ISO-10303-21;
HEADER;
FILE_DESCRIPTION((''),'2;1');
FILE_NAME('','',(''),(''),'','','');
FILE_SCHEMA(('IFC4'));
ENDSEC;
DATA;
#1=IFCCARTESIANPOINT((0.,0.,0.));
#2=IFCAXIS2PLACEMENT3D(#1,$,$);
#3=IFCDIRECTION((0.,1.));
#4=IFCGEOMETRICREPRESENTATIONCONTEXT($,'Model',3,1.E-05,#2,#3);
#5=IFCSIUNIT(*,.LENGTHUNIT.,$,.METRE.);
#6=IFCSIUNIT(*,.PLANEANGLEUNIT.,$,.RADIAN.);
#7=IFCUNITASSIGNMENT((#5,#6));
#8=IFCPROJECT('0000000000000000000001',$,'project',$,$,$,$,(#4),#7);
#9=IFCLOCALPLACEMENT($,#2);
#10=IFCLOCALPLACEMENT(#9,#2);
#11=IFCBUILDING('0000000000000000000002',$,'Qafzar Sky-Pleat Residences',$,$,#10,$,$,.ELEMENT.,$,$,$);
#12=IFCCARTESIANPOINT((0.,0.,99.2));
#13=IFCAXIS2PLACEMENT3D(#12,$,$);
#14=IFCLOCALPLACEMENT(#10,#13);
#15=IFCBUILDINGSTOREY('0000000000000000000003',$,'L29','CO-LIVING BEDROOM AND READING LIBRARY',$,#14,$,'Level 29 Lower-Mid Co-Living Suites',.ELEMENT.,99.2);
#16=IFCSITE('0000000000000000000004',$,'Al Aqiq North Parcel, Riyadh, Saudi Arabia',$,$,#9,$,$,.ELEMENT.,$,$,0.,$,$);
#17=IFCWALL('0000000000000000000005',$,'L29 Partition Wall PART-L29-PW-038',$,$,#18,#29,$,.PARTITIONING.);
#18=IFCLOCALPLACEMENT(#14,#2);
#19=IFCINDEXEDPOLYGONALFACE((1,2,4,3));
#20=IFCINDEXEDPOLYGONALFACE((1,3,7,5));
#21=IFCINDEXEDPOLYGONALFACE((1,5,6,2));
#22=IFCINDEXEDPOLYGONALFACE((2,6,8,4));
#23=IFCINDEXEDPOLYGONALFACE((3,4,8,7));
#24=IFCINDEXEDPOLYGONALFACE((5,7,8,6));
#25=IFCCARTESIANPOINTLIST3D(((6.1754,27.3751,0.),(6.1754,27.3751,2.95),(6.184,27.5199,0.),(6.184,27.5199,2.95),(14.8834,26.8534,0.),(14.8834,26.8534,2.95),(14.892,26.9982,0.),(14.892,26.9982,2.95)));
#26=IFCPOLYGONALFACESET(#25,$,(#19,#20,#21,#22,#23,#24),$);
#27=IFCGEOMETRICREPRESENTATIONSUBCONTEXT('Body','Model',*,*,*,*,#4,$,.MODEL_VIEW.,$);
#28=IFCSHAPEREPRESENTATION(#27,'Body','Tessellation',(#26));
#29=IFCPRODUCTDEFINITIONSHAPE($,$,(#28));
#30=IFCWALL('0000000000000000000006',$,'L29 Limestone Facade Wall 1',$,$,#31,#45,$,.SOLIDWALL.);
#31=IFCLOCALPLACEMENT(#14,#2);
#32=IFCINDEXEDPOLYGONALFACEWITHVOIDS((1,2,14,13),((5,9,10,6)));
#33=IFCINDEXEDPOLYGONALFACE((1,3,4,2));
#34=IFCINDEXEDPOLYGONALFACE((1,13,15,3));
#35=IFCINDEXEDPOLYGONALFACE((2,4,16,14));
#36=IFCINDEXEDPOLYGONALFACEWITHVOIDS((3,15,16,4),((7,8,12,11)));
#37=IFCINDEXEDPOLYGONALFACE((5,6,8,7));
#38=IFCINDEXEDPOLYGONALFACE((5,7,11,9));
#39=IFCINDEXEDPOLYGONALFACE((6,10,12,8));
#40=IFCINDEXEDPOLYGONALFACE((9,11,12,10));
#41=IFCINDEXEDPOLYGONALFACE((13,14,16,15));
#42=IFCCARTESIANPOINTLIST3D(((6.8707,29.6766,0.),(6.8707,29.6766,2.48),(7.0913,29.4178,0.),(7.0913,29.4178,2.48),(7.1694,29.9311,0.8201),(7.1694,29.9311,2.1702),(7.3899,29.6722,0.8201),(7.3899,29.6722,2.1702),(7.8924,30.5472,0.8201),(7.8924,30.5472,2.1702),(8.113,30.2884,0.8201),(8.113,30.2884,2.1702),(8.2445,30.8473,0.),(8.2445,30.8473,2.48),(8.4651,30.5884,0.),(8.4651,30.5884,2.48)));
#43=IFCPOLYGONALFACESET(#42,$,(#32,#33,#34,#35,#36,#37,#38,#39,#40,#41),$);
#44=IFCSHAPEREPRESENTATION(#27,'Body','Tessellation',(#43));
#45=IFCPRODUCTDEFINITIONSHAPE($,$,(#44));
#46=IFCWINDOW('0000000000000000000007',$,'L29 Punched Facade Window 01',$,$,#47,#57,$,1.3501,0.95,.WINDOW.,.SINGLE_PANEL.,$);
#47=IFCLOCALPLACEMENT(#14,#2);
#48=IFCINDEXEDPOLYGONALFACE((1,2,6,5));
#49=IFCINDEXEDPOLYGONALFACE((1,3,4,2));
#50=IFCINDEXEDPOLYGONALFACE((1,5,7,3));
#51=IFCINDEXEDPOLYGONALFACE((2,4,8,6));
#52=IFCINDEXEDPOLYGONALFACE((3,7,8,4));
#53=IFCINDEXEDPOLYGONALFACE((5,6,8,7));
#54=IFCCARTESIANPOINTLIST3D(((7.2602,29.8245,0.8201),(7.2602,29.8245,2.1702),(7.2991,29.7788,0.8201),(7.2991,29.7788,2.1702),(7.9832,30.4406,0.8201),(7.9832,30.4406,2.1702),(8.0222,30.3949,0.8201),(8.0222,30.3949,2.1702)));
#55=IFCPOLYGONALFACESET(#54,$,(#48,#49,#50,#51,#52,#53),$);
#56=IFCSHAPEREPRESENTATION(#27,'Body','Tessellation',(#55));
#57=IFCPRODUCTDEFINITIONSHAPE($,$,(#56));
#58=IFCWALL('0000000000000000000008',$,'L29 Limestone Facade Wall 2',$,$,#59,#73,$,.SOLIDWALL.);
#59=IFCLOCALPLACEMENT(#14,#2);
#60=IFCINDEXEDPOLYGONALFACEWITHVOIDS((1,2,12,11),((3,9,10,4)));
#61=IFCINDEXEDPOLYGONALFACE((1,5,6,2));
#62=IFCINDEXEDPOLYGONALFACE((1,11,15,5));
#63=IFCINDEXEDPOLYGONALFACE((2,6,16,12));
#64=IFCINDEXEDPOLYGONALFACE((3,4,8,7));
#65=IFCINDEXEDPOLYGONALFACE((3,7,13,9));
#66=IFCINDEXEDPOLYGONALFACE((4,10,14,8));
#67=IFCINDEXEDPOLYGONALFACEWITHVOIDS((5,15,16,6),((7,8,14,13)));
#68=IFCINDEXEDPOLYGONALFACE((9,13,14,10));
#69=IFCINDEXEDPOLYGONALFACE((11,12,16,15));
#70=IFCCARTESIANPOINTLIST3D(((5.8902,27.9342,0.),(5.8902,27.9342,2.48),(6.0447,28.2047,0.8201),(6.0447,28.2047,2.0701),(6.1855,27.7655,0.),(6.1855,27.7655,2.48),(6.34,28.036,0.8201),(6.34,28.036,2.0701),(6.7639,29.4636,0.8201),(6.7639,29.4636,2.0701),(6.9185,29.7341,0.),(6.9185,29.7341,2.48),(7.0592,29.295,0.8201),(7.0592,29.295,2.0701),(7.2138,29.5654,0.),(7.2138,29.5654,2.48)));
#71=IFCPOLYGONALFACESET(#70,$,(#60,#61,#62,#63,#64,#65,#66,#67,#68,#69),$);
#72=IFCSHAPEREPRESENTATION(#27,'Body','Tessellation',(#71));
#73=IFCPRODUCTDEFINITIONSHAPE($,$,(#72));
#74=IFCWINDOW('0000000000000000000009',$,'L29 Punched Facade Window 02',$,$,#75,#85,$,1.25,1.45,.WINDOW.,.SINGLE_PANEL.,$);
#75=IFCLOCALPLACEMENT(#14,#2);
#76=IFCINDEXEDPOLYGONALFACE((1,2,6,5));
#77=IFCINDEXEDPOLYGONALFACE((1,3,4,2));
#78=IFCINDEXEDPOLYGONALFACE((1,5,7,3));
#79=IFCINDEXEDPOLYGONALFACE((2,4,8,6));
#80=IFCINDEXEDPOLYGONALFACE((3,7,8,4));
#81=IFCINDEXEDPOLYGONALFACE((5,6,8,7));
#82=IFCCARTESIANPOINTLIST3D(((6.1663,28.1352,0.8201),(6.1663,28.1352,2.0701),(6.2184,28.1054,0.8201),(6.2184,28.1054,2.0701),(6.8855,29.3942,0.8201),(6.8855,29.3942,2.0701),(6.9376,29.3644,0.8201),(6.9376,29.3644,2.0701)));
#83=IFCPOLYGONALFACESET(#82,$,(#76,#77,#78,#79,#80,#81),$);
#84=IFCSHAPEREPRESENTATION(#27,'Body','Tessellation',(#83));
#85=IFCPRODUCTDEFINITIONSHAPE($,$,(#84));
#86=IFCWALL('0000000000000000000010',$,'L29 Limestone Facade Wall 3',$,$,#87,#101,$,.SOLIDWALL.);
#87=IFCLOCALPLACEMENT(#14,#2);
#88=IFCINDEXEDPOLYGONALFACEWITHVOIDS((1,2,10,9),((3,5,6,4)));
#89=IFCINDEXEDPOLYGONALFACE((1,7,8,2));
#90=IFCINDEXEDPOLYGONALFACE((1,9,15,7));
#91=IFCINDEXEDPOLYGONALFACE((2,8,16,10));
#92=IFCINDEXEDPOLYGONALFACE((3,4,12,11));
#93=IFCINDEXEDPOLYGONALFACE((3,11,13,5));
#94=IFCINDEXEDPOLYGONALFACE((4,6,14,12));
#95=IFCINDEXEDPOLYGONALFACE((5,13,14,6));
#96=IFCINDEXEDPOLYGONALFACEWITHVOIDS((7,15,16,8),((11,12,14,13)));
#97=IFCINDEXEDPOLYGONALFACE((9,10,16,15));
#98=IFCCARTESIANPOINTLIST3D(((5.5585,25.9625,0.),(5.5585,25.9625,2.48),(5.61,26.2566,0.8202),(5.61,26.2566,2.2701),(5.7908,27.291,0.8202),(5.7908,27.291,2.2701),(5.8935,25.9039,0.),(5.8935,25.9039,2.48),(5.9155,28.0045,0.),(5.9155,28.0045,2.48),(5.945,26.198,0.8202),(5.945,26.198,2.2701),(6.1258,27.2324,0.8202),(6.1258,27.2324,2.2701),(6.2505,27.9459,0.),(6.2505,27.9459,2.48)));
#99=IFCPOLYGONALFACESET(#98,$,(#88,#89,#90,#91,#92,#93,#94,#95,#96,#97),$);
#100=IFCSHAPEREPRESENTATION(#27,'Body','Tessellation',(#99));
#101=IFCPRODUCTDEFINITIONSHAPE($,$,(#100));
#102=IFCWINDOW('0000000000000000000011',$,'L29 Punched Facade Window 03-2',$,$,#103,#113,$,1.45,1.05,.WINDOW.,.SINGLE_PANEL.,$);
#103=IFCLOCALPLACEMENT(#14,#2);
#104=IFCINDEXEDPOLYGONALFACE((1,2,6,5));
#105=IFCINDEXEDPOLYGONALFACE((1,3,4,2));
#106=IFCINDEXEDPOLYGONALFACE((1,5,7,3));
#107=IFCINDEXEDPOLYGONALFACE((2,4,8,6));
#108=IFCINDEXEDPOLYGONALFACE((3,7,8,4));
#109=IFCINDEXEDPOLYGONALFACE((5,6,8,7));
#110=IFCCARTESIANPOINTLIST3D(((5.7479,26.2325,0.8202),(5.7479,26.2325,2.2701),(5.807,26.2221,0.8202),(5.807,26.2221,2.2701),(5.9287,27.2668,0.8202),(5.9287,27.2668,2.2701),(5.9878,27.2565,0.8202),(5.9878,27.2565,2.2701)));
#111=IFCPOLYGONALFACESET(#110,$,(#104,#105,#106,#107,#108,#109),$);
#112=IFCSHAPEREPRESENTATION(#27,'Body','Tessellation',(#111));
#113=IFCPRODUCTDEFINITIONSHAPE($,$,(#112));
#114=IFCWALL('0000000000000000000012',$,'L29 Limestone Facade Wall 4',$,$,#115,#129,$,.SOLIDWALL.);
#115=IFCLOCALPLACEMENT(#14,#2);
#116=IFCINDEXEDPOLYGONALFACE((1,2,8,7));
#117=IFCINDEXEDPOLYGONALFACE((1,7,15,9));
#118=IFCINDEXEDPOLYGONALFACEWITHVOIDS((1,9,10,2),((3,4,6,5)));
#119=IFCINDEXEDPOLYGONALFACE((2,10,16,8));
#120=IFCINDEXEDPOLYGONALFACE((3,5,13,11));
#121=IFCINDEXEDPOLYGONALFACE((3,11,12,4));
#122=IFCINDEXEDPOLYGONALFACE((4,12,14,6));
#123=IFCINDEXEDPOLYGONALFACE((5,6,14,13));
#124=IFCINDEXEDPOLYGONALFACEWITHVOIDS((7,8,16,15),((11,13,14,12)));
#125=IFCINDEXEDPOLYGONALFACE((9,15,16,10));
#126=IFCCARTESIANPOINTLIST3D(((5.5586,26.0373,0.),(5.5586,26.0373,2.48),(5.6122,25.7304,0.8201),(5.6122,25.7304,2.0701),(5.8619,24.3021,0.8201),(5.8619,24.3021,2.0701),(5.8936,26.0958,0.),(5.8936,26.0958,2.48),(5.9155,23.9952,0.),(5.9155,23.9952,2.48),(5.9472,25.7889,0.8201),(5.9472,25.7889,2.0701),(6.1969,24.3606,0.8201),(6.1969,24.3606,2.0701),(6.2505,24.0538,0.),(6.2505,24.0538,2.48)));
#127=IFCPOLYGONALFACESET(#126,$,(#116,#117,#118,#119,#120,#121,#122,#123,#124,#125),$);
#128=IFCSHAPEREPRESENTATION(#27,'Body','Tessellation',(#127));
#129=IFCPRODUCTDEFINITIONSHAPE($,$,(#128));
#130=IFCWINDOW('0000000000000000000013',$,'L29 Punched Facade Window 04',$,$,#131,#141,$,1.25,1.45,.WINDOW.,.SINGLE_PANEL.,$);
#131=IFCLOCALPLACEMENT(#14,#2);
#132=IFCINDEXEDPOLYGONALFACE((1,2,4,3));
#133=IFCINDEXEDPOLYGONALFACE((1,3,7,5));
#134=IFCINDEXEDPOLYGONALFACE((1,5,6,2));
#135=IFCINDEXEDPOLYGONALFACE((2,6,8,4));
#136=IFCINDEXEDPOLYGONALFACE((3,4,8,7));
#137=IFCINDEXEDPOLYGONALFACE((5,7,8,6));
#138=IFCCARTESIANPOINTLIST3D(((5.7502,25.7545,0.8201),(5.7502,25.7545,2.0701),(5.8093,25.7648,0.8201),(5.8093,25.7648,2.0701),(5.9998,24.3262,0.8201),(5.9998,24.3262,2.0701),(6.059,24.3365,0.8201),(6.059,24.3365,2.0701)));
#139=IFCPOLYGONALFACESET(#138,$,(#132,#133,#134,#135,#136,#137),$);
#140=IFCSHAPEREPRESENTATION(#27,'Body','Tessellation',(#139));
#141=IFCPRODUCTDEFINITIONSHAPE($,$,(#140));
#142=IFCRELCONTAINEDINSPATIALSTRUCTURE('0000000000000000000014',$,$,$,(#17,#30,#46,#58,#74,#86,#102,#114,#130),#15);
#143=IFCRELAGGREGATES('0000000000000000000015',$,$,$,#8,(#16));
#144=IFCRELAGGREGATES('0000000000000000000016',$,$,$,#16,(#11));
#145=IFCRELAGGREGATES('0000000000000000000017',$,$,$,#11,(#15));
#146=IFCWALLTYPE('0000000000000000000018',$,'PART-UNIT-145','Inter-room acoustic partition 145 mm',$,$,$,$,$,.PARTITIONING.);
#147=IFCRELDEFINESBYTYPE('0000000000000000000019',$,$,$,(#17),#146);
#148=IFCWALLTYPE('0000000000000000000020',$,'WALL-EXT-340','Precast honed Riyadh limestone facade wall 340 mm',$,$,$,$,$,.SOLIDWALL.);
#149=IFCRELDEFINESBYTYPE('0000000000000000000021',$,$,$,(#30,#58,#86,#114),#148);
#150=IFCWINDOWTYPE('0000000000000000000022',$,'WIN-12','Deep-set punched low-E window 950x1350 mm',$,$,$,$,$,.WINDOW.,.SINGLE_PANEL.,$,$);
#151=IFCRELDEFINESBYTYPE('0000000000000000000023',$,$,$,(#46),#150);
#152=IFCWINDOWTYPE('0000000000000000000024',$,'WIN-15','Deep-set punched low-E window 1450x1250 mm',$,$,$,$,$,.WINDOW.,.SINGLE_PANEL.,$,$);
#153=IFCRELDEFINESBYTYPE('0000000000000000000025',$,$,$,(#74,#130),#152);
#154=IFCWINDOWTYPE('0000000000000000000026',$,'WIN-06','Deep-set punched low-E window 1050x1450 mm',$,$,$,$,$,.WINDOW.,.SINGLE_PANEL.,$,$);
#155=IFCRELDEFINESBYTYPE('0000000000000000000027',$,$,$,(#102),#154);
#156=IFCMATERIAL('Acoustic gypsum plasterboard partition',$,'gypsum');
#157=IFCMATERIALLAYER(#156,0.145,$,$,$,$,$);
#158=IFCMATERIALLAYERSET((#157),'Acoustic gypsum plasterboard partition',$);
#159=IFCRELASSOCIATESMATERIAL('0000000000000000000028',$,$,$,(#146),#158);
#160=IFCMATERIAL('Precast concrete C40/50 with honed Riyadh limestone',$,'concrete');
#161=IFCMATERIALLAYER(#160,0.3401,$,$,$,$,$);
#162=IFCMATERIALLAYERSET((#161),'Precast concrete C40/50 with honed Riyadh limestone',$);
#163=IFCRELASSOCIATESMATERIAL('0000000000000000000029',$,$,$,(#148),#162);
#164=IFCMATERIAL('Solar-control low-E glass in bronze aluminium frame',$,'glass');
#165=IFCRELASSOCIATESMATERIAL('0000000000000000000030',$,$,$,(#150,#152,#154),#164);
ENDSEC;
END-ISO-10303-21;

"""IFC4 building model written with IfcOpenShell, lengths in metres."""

from ifc_helpers import new_model, si_unit, direction, frame, frame_2d, origin, place, context, subcontext, project, spatial, rectangle, extrude, source, transform, mapped, material, layer, layer_set, type_object, element, fill, save


model = new_model("IFC4")

# Units and contexts
model_context = context("Model", 3, precision=1e-05, world=origin(), true_north=direction((0.0, 1.0)))
body_context = subcontext(model_context, "Body", "Model", "MODEL_VIEW")
ifc_project = project(units=[si_unit("LENGTHUNIT", "METRE"), si_unit("PLANEANGLEUNIT", "RADIAN")], contexts=[model_context])

# Site, building, storey
site_placement = place(None, origin())
site = spatial("IfcSite", under=ifc_project, at=site_placement, Name="Al Aqiq North Parcel, Riyadh, Saudi Arabia", CompositionType="ELEMENT", RefElevation=0.0)
building_placement = place(site_placement, origin())
building = spatial("IfcBuilding", under=site, at=building_placement, Name="Qafzar Sky-Pleat Residences", CompositionType="ELEMENT")
storey_placement = place(building_placement, frame((0.0, 0.0, 99.2)))
storey = spatial("IfcBuildingStorey", under=building, at=storey_placement, Name="L29", Description="CO-LIVING BEDROOM AND READING LIBRARY", LongName="Level 29 Lower-Mid Co-Living Suites", CompositionType="ELEMENT", Elevation=99.2)

# Wall
ifc_material_1 = material(Name="Acoustic gypsum plasterboard partition", Category="gypsum")
ifc_layer_1 = layer(ifc_material_1, 0.145)
ifc_layer_set_1 = layer_set([ifc_layer_1], Name="Acoustic gypsum plasterboard partition")
wall_type_1 = type_object("IfcWallType", Name="PART-UNIT-145", Description="Inter-room acoustic partition 145 mm", PredefinedType="PARTITIONING", material=ifc_layer_set_1)
wall_1_placement = place(storey_placement, frame((6.1797, 27.4475, 0.0), z_axis=(0.0, 0.0, 1.0), x_axis=(0.99821, -0.059806, 0.0)))
element("IfcWall", 1, at=wall_1_placement, inside=storey, type_object=wall_type_1, Name="L29 Partition Wall PART-L29-PW-038", PredefinedType="PARTITIONING", context=body_context, shape_type="SweptSolid", body=[
    extrude(rectangle(XDim=8.7236, YDim=0.145, at=frame_2d((4.3618, 0.0))), origin(), (0.0, 0.0, 1.0), 2.95),
])

# Walls, openings, windows
ifc_material_2 = material(Name="Precast concrete C40/50 with honed Riyadh limestone", Category="concrete")
ifc_layer_2 = layer(ifc_material_2, 0.3401)
ifc_layer_set_2 = layer_set([ifc_layer_2], Name="Precast concrete C40/50 with honed Riyadh limestone")
wall_type_2 = type_object("IfcWallType", Name="WALL-EXT-340", Description="Precast honed Riyadh limestone facade wall 340 mm", PredefinedType="SOLIDWALL", material=ifc_layer_set_2)
wall_2_placement = place(storey_placement, frame((8.3547, 30.7178, 0.0), z_axis=(0.0, 0.0, 1.0), x_axis=(-0.761134, -0.648594, 0.0)))
wall_2 = element("IfcWall", 2, at=wall_2_placement, inside=storey, type_object=wall_type_2, Name="L29 Limestone Facade Wall 1", PredefinedType="SOLIDWALL", context=body_context, shape_type="SweptSolid", body=[
    extrude(rectangle(XDim=1.8049, YDim=0.3401, at=frame_2d((0.9023, 0.0))), origin(), (0.0, 0.0, 1.0), 2.48),
])
opening_1_placement = place(wall_2_placement, frame((0.4624, 0.0, 0.8201)))
opening_1 = element("IfcOpeningElement", 3, at=opening_1_placement, cuts=wall_2, PredefinedType="OPENING", context=body_context, shape_type="SweptSolid", body=[
    extrude(rectangle(XDim=0.95, YDim=1.3501, at=frame_2d((0.4751, 0.675))), frame((0.0, 0.1802, 0.0), z_axis=(0.0, -1.0, 0.0), x_axis=(1.0, 0.0, 0.0)), (0.0, 0.0, 1.0), 0.3601),
])
ifc_material_3 = material(Name="Solar-control low-E glass in bronze aluminium frame", Category="glass")
window_type_1 = type_object("IfcWindowType", Name="WIN-12", Description="Deep-set punched low-E window 950x1350 mm", PartitioningType="SINGLE_PANEL", PredefinedType="WINDOW", material=ifc_material_3)
shared_shape_1 = source(origin(), body_context, "Body", "SweptSolid", [
    extrude(rectangle(XDim=0.95, YDim=1.3501, at=frame_2d((0.4751, 0.675))), frame((0.0, 0.03, 0.0), z_axis=(0.0, -1.0, 0.0), x_axis=(1.0, 0.0, 0.0)), (0.0, 0.0, 1.0), 0.0601),
])
window_1_placement = place(opening_1_placement, origin())
window_1 = element("IfcWindow", 4, at=window_1_placement, inside=storey, type_object=window_type_1, Name="L29 Punched Facade Window 01", OverallHeight=1.3501, OverallWidth=0.95, PartitioningType="SINGLE_PANEL", PredefinedType="WINDOW", context=body_context, shape_type="MappedRepresentation", body=[
    mapped(shared_shape_1, transform((0.0, 0.0, 0.0), x_axis=(1.0, 0.0, 0.0), y_axis=(0.0, 1.0, 0.0), z_axis=(0.0, 0.0, 1.0), scale=1.0)),
])
fill(opening_1, window_1)
wall_3_placement = place(storey_placement, frame((7.0662, 29.6499, 0.0), z_axis=(0.0, 0.0, 1.0), x_axis=(-0.496037, -0.868301, 0.0)))
wall_3 = element("IfcWall", 5, at=wall_3_placement, inside=storey, type_object=wall_type_2, Name="L29 Limestone Facade Wall 2", PredefinedType="SOLIDWALL", context=body_context, shape_type="SweptSolid", body=[
    extrude(rectangle(XDim=2.073, YDim=0.3401, at=frame_2d((1.0366, 0.0))), origin(), (0.0, 0.0, 1.0), 2.48),
])
opening_2_placement = place(wall_3_placement, frame((0.3115, 0.0, 0.8201)))
opening_2 = element("IfcOpeningElement", 6, at=opening_2_placement, cuts=wall_3, PredefinedType="OPENING", context=body_context, shape_type="SweptSolid", body=[
    extrude(rectangle(XDim=1.45, YDim=1.25, at=frame_2d((0.7251, 0.625))), frame((0.0, 0.1802, 0.0), z_axis=(0.0, -1.0, 0.0), x_axis=(1.0, 0.0, 0.0)), (0.0, 0.0, 1.0), 0.3601),
])
window_type_2 = type_object("IfcWindowType", Name="WIN-15", Description="Deep-set punched low-E window 1450x1250 mm", PartitioningType="SINGLE_PANEL", PredefinedType="WINDOW", material=ifc_material_3)
shared_shape_2 = source(origin(), body_context, "Body", "SweptSolid", [
    extrude(rectangle(XDim=1.45, YDim=1.25, at=frame_2d((0.7251, 0.625))), frame((0.0, 0.03, 0.0), z_axis=(0.0, -1.0, 0.0), x_axis=(1.0, 0.0, 0.0)), (0.0, 0.0, 1.0), 0.0601),
])
window_2_placement = place(opening_2_placement, origin())
window_2 = element("IfcWindow", 7, at=window_2_placement, inside=storey, type_object=window_type_2, Name="L29 Punched Facade Window 02", OverallHeight=1.25, OverallWidth=1.45, PartitioningType="SINGLE_PANEL", PredefinedType="WINDOW", context=body_context, shape_type="MappedRepresentation", body=[
    mapped(shared_shape_2, transform((0.0, 0.0, 0.0), x_axis=(1.0, 0.0, 0.0), y_axis=(0.0, 1.0, 0.0), z_axis=(0.0, 0.0, 1.0), scale=1.0)),
])
fill(opening_2, window_2)
wall_4_placement = place(storey_placement, frame((6.083, 27.9753, 0.0), z_axis=(0.0, 0.0, 1.0), x_axis=(-0.172186, -0.985064, 0.0)))
wall_4 = element("IfcWall", 8, at=wall_4_placement, inside=storey, type_object=wall_type_2, Name="L29 Limestone Facade Wall 3", PredefinedType="SOLIDWALL", context=body_context, shape_type="SweptSolid", body=[
    extrude(rectangle(XDim=2.073, YDim=0.3401, at=frame_2d((1.0366, 0.0))), origin(), (0.0, 0.0, 1.0), 2.48),
])
opening_3_placement = place(wall_4_placement, frame((0.7246, 0.0, 0.8201)))
opening_3 = element("IfcOpeningElement", 9, at=opening_3_placement, cuts=wall_4, PredefinedType="OPENING", context=body_context, shape_type="SweptSolid", body=[
    extrude(rectangle(XDim=1.05, YDim=1.45, at=frame_2d((0.5249, 0.7251))), frame((0.0, 0.1802, 0.0), z_axis=(0.0, -1.0, 0.0), x_axis=(1.0, 0.0, 0.0)), (0.0, 0.0, 1.0), 0.3601),
])
window_type_3 = type_object("IfcWindowType", Name="WIN-06", Description="Deep-set punched low-E window 1050x1450 mm", PartitioningType="SINGLE_PANEL", PredefinedType="WINDOW", material=ifc_material_3)
shared_shape_3 = source(origin(), body_context, "Body", "SweptSolid", [
    extrude(rectangle(XDim=1.05, YDim=1.45, at=frame_2d((0.5249, 0.7251))), frame((0.0, 0.03, 0.0), z_axis=(0.0, -1.0, 0.0), x_axis=(1.0, 0.0, 0.0)), (0.0, 0.0, 1.0), 0.0601),
])
window_3_placement = place(opening_3_placement, origin())
window_3 = element("IfcWindow", 10, at=window_3_placement, inside=storey, type_object=window_type_3, Name="L29 Punched Facade Window 03-2", OverallHeight=1.45, OverallWidth=1.05, PartitioningType="SINGLE_PANEL", PredefinedType="WINDOW", context=body_context, shape_type="MappedRepresentation", body=[
    mapped(shared_shape_3, transform((0.0, 0.0, 0.0), x_axis=(1.0, 0.0, 0.0), y_axis=(0.0, 1.0, 0.0), z_axis=(0.0, 0.0, 1.0), scale=1.0)),
])
fill(opening_3, window_3)
wall_5_placement = place(storey_placement, frame((5.7261, 26.0667, 0.0), z_axis=(0.0, 0.0, 1.0), x_axis=(0.172186, -0.985064, 0.0)))
wall_5 = element("IfcWall", 11, at=wall_5_placement, inside=storey, type_object=wall_type_2, Name="L29 Limestone Facade Wall 4", PredefinedType="SOLIDWALL", context=body_context, shape_type="SweptSolid", body=[
    extrude(rectangle(XDim=2.073, YDim=0.3401, at=frame_2d((1.0366, 0.0))), origin(), (0.0, 0.0, 1.0), 2.48),
])
opening_4_placement = place(wall_5_placement, frame((0.3115, 0.0, 0.8201)))
opening_4 = element("IfcOpeningElement", 12, at=opening_4_placement, cuts=wall_5, PredefinedType="OPENING", context=body_context, shape_type="SweptSolid", body=[
    extrude(rectangle(XDim=1.45, YDim=1.25, at=frame_2d((0.7251, 0.625))), frame((0.0, 0.1802, 0.0), z_axis=(0.0, -1.0, 0.0), x_axis=(1.0, 0.0, 0.0)), (0.0, 0.0, 1.0), 0.3601),
])
window_4_placement = place(opening_4_placement, origin())
window_4 = element("IfcWindow", 13, at=window_4_placement, inside=storey, type_object=window_type_2, Name="L29 Punched Facade Window 04", OverallHeight=1.25, OverallWidth=1.45, PartitioningType="SINGLE_PANEL", PredefinedType="WINDOW", context=body_context, shape_type="MappedRepresentation", body=[
    mapped(shared_shape_2, transform((0.0, 0.0, 0.0), x_axis=(1.0, 0.0, 0.0), y_axis=(0.0, 1.0, 0.0), z_axis=(0.0, 0.0, 1.0), scale=1.0)),
])
fill(opening_4, window_4)

save(model, "model.ifc")
